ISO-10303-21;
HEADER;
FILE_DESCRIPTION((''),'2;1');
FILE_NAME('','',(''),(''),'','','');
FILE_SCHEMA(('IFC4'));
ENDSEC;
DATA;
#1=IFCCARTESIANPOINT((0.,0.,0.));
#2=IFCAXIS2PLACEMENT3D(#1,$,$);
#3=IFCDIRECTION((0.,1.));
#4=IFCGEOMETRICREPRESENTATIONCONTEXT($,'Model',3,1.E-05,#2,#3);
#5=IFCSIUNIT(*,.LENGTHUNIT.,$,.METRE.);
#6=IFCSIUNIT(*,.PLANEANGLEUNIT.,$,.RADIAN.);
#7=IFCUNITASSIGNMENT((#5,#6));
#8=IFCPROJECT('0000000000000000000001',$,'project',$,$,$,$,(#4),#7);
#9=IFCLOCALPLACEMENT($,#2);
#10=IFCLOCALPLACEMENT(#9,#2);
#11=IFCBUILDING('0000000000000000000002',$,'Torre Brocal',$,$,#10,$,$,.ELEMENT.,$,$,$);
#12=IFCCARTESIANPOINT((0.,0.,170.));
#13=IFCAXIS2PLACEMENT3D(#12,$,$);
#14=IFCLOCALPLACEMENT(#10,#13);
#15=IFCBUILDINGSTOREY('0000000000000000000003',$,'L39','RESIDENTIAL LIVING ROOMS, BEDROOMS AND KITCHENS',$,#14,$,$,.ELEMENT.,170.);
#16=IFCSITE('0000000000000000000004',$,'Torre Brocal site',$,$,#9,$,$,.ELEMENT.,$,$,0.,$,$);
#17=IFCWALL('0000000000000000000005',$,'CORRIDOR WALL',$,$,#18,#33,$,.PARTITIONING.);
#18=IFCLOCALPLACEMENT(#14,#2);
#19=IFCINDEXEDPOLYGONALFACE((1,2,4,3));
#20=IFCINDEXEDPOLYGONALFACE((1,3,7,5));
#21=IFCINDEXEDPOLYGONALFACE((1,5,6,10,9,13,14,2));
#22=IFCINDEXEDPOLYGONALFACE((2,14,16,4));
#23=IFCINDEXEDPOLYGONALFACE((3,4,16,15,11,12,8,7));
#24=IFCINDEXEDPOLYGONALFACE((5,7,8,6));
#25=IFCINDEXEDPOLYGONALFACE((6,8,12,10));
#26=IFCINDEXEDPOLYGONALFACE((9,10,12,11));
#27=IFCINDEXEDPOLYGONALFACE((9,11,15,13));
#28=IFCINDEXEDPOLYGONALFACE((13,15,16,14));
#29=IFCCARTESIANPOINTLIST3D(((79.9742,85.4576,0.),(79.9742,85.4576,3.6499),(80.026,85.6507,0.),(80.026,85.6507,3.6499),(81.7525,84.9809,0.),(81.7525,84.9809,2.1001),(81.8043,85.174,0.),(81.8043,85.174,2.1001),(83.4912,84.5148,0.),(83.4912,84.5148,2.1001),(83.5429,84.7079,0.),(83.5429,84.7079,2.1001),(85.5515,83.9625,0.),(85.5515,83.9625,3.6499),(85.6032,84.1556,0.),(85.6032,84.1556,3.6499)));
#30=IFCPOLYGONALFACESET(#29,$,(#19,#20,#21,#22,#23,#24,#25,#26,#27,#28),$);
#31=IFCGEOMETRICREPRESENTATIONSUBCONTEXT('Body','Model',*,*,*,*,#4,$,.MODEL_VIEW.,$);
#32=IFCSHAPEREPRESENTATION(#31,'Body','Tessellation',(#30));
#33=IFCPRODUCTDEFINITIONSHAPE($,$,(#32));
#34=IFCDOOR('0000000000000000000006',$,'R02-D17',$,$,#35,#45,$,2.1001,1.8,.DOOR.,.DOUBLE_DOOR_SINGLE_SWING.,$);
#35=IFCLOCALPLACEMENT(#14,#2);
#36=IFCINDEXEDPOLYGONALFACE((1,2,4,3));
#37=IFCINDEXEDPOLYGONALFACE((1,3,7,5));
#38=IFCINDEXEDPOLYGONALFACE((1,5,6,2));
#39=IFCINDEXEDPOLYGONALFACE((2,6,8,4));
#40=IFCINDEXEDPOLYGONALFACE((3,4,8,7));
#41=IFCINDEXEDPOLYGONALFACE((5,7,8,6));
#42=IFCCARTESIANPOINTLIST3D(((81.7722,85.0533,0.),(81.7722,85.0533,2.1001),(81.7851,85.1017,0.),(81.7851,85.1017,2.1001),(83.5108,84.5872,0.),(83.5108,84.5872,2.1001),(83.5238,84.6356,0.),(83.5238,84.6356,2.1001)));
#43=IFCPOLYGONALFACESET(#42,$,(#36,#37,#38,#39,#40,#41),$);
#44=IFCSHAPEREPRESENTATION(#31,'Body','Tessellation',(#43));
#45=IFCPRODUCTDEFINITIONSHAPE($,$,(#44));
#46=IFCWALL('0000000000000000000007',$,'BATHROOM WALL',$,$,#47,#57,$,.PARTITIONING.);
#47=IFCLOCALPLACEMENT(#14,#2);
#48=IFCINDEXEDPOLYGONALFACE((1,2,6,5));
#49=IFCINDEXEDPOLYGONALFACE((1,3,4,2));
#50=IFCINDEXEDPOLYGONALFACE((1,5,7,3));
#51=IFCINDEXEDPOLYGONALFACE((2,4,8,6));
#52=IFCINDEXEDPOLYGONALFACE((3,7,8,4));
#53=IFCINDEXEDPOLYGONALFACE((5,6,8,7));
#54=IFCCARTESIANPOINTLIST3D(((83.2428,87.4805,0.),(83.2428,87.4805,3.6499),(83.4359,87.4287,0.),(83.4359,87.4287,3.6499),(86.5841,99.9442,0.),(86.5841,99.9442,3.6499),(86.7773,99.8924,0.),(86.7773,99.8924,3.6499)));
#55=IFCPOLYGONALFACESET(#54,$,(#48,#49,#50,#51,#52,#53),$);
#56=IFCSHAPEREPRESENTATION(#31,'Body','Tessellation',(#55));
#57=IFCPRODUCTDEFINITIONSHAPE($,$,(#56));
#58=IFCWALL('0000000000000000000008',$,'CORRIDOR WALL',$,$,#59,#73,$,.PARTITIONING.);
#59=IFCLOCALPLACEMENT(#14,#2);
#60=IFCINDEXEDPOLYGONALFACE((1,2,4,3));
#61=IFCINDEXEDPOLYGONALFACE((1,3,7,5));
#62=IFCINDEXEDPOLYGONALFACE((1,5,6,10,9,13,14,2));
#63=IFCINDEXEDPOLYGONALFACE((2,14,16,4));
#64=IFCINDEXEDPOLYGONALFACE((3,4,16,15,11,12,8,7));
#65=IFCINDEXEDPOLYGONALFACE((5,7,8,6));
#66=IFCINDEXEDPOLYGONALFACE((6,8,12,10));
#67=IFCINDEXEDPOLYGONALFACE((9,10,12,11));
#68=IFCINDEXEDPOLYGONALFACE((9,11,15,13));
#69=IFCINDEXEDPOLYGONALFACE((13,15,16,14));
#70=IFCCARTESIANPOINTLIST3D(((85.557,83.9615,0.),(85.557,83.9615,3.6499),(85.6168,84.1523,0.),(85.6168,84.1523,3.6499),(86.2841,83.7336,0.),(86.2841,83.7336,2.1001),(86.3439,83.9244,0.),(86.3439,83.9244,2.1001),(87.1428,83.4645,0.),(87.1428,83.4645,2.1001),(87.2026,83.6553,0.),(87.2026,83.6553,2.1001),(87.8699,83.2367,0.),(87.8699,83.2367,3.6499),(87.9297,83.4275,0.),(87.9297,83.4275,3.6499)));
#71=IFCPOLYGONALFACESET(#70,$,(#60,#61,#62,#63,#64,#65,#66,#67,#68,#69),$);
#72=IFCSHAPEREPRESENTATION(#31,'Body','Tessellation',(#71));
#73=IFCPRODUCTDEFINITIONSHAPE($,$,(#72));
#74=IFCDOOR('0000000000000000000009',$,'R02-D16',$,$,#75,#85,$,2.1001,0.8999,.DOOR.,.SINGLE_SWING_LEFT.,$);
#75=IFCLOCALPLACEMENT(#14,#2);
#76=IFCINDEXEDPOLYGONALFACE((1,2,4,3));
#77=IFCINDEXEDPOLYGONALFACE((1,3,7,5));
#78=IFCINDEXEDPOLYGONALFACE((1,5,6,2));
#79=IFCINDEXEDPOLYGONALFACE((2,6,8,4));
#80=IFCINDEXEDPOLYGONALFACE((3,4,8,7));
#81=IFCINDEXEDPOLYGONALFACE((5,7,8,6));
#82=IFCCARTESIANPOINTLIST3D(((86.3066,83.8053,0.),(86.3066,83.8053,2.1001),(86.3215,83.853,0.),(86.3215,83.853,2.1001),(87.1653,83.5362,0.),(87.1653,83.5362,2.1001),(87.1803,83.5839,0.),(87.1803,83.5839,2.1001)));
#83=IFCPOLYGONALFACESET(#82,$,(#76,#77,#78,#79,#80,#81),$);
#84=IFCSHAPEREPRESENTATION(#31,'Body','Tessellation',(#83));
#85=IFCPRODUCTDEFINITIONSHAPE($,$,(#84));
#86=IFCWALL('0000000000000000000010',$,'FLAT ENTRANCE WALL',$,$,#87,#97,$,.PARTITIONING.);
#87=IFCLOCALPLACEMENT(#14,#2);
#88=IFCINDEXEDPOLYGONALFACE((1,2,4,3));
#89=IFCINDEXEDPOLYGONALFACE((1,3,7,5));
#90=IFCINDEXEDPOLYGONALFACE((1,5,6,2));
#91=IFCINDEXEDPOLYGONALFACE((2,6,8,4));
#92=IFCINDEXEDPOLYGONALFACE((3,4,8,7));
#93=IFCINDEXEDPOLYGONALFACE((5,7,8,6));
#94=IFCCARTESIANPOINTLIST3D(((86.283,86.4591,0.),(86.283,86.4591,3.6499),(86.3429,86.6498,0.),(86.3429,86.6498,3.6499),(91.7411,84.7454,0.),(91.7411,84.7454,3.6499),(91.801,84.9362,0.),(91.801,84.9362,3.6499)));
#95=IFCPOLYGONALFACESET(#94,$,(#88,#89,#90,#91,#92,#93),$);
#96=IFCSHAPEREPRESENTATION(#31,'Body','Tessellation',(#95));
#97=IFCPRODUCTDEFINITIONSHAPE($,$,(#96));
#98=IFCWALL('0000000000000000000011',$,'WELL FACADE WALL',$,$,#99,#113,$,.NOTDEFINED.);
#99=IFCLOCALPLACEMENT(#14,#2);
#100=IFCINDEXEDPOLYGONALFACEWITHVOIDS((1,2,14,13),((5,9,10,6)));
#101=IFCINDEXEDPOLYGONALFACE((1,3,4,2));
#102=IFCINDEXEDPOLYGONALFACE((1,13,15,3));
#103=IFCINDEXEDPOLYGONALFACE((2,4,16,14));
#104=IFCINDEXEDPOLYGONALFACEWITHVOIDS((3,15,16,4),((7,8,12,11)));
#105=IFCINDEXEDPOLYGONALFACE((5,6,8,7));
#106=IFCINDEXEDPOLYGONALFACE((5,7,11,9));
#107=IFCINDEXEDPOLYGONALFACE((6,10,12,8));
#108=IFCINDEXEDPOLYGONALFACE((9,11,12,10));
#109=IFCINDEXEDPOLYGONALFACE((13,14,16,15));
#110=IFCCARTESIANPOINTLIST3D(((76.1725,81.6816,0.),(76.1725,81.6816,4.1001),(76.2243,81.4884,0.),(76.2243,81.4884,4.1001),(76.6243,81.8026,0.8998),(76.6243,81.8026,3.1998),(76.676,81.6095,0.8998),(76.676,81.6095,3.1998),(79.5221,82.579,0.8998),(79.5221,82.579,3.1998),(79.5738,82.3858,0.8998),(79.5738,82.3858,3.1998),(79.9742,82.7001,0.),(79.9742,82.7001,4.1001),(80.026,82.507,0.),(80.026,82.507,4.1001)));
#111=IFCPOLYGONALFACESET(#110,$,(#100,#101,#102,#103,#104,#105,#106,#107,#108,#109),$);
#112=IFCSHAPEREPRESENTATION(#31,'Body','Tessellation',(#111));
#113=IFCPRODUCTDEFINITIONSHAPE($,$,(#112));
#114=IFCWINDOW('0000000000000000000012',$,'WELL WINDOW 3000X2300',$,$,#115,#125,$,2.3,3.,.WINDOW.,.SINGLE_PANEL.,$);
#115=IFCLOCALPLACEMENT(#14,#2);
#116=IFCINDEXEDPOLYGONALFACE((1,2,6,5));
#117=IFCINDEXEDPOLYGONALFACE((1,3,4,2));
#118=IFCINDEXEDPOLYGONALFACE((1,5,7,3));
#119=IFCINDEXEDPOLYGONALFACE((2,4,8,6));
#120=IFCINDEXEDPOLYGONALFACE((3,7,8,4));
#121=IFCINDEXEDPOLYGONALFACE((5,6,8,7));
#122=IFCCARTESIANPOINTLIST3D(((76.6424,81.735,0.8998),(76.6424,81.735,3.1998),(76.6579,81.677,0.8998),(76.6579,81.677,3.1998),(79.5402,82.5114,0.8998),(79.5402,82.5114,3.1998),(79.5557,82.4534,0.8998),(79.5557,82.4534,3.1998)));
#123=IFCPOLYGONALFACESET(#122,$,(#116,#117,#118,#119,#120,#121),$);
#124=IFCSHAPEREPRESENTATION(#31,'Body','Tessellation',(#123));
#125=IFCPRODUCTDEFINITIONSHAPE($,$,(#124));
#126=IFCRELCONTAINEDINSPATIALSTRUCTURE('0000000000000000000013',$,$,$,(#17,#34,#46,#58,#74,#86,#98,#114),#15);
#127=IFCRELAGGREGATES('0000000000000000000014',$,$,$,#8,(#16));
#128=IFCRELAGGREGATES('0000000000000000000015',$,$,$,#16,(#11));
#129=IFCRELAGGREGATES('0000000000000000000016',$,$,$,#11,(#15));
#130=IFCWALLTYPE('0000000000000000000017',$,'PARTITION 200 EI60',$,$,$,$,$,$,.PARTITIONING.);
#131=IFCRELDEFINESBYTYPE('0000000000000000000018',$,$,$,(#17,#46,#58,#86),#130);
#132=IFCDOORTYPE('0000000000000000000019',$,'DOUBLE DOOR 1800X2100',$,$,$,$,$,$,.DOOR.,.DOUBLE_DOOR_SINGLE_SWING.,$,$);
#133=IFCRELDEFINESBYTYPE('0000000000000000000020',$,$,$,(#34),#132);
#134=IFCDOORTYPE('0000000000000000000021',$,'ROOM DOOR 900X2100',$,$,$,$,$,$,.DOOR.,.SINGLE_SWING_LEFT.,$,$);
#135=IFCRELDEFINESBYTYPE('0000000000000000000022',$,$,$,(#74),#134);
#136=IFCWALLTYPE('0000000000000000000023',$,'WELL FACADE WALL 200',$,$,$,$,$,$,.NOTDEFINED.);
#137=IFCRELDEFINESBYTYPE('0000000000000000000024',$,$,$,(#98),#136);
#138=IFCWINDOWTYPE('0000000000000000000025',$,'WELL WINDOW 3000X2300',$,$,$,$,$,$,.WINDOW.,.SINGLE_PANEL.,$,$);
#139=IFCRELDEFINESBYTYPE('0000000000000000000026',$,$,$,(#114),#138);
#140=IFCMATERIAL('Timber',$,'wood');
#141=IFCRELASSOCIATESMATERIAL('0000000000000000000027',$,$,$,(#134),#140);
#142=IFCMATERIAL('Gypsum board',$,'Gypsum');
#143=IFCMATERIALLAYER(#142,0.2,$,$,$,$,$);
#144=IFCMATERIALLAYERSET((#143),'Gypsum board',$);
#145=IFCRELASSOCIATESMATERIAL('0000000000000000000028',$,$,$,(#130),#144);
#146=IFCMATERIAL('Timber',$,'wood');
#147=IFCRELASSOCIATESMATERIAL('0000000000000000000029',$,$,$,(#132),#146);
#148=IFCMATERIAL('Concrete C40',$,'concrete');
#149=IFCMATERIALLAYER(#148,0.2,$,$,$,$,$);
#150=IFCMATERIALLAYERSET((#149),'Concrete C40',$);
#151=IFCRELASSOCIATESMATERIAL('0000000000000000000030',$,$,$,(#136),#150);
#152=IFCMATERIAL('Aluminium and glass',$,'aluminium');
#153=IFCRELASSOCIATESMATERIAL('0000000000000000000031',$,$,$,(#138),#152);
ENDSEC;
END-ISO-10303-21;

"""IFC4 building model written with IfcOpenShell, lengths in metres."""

from ifc_helpers import new_model, si_unit, direction, frame, frame_2d, origin, place, context, subcontext, project, spatial, rectangle, extrude, material, layer, layer_set, type_object, element, fill, save


model = new_model("IFC4")

# Units and contexts
model_context = context("Model", 3, precision=1e-05, world=origin(), true_north=direction((0.0, 1.0)))
body_context = subcontext(model_context, "Body", "Model", "MODEL_VIEW")
ifc_project = project(units=[si_unit("LENGTHUNIT", "METRE"), si_unit("PLANEANGLEUNIT", "RADIAN")], contexts=[model_context])

# Site, building, storey
site_placement = place(None, origin())
site = spatial("IfcSite", under=ifc_project, at=site_placement, Name="Torre Brocal site", CompositionType="ELEMENT", RefElevation=0.0)
building_placement = place(site_placement, origin())
building = spatial("IfcBuilding", under=site, at=building_placement, Name="Torre Brocal", CompositionType="ELEMENT")
storey_placement = place(building_placement, frame((0.0, 0.0, 170.0)))
storey = spatial("IfcBuildingStorey", under=building, at=storey_placement, Name="L39", Description="RESIDENTIAL LIVING ROOMS, BEDROOMS AND KITCHENS", CompositionType="ELEMENT", Elevation=170.0)

# Shared definitions
ifc_material_1 = material(Name="Timber", Category="wood")
door_type_1 = type_object("IfcDoorType", Name="ROOM DOOR 900X2100", OperationType="SINGLE_SWING_LEFT", PredefinedType="DOOR", material=ifc_material_1)

# Wall, opening, door
ifc_material_2 = material(Name="Gypsum board", Category="Gypsum")
ifc_layer_1 = layer(ifc_material_2, 0.2)
ifc_layer_set_1 = layer_set([ifc_layer_1], Name="Gypsum board")
wall_type_1 = type_object("IfcWallType", Name="PARTITION 200 EI60", PredefinedType="PARTITIONING", material=ifc_layer_set_1)
wall_1_placement = place(storey_placement, frame((80.0, 85.5542, 0.0), z_axis=(0.0, 0.0, 1.0), x_axis=(0.965894, -0.258936, 0.0)))
wall_1 = element("IfcWall", 1, at=wall_1_placement, inside=storey, type_object=wall_type_1, Name="CORRIDOR WALL", PredefinedType="PARTITIONING", context=body_context, shape_type="SweptSolid", body=[
    extrude(rectangle(XDim=5.7742, YDim=0.2, at=frame_2d((2.8872, 0.0))), origin(), (0.0, 0.0, 1.0), 3.6499),
])
opening_1_placement = place(wall_1_placement, frame((1.8413, 0.0, 0.0)))
opening_1 = element("IfcOpeningElement", 2, at=opening_1_placement, cuts=wall_1, PredefinedType="OPENING", context=body_context, shape_type="SweptSolid", body=[
    extrude(rectangle(XDim=1.8, YDim=2.1001, at=frame_2d((0.8999, 1.05))), frame((0.0, 0.1099, 0.0), z_axis=(0.0, -1.0, 0.0), x_axis=(1.0, 0.0, 0.0)), (0.0, 0.0, 1.0), 0.22),
])
ifc_material_3 = material(Name="Timber", Category="wood")
door_type_2 = type_object("IfcDoorType", Name="DOUBLE DOOR 1800X2100", OperationType="DOUBLE_DOOR_SINGLE_SWING", PredefinedType="DOOR", material=ifc_material_3)
door_1_placement = place(opening_1_placement, frame((1.8, 0.0, 0.0), z_axis=(0.0, 0.0, 1.0), x_axis=(-1.0, 0.0, 0.0)))
door_1 = element("IfcDoor", 3, at=door_1_placement, inside=storey, type_object=door_type_2, Name="R02-D17", OperationType="DOUBLE_DOOR_SINGLE_SWING", OverallHeight=2.1001, OverallWidth=1.8, PredefinedType="DOOR", context=body_context, shape_type="SweptSolid", body=[
    extrude(rectangle(XDim=1.8, YDim=2.1001, at=frame_2d((0.8999, 1.05))), frame((0.0, 0.0249, 0.0), z_axis=(0.0, -1.0, 0.0), x_axis=(1.0, 0.0, 0.0)), (0.0, 0.0, 1.0), 0.05),
])
fill(opening_1, door_1)

# Wall
wall_2_placement = place(storey_placement, frame((83.3394, 87.4546, 0.0), z_axis=(0.0, 0.0, 1.0), x_axis=(0.258941, 0.965893, 0.0)))
element("IfcWall", 4, at=wall_2_placement, inside=storey, type_object=wall_type_1, Name="BATHROOM WALL", PredefinedType="PARTITIONING", context=body_context, shape_type="SweptSolid", body=[
    extrude(rectangle(XDim=12.9038, YDim=0.2, at=frame_2d((6.4519, 0.0))), origin(), (0.0, 0.0, 1.0), 3.6499),
])

# Wall, opening, door
wall_3_placement = place(storey_placement, frame((85.5869, 84.0569, 0.0), z_axis=(0.0, 0.0, 1.0), x_axis=(0.95424, -0.299043, 0.0)))
wall_3 = element("IfcWall", 5, at=wall_3_placement, inside=storey, type_object=wall_type_1, Name="CORRIDOR WALL", PredefinedType="PARTITIONING", context=body_context, shape_type="SweptSolid", body=[
    extrude(rectangle(XDim=2.4238, YDim=0.2, at=frame_2d((1.2119, 0.0))), origin(), (0.0, 0.0, 1.0), 3.6499),
])
opening_2_placement = place(wall_3_placement, frame((0.762, 0.0, 0.0)))
opening_2 = element("IfcOpeningElement", 6, at=opening_2_placement, cuts=wall_3, PredefinedType="OPENING", context=body_context, shape_type="SweptSolid", body=[
    extrude(rectangle(XDim=0.8999, YDim=2.1001, at=frame_2d((0.45, 1.05))), frame((0.0, 0.1099, 0.0), z_axis=(0.0, -1.0, 0.0), x_axis=(1.0, 0.0, 0.0)), (0.0, 0.0, 1.0), 0.22),
])
door_2_placement = place(opening_2_placement, frame((0.8999, 0.0, 0.0), z_axis=(0.0, 0.0, 1.0), x_axis=(-1.0, 0.0, 0.0)))
door_2 = element("IfcDoor", 7, at=door_2_placement, inside=storey, type_object=door_type_1, Name="R02-D16", OperationType="SINGLE_SWING_LEFT", OverallHeight=2.1001, OverallWidth=0.8999, PredefinedType="DOOR", context=body_context, shape_type="SweptSolid", body=[
    extrude(rectangle(XDim=0.8999, YDim=2.1001, at=frame_2d((0.45, 1.05))), frame((0.0, 0.0249, 0.0), z_axis=(0.0, -1.0, 0.0), x_axis=(1.0, 0.0, 0.0)), (0.0, 0.0, 1.0), 0.05),
])
fill(opening_2, door_2)

# Wall
wall_4_placement = place(storey_placement, frame((86.313, 86.5544, 0.0), z_axis=(0.0, 0.0, 1.0), x_axis=(0.954081, -0.299548, 0.0)))
element("IfcWall", 8, at=wall_4_placement, inside=storey, type_object=wall_type_1, Name="FLAT ENTRANCE WALL", PredefinedType="PARTITIONING", context=body_context, shape_type="SweptSolid", body=[
    extrude(rectangle(XDim=5.7207, YDim=0.2, at=frame_2d((2.8604, 0.0))), origin(), (0.0, 0.0, 1.0), 3.6499),
])

# Wall, opening, window
ifc_material_4 = material(Name="Concrete C40", Category="concrete")
ifc_layer_2 = layer(ifc_material_4, 0.2)
ifc_layer_set_2 = layer_set([ifc_layer_2], Name="Concrete C40")
wall_type_2 = type_object("IfcWallType", Name="WELL FACADE WALL 200", PredefinedType="NOTDEFINED", material=ifc_layer_set_2)
wall_5_placement = place(storey_placement, frame((80.0, 82.6035, 0.0), z_axis=(0.0, 0.0, 1.0), x_axis=(-0.965934, -0.25879, 0.0)))
wall_5 = element("IfcWall", 9, at=wall_5_placement, inside=storey, type_object=wall_type_2, Name="WELL FACADE WALL", PredefinedType="NOTDEFINED", context=body_context, shape_type="SweptSolid", body=[
    extrude(rectangle(XDim=3.9358, YDim=0.2, at=frame_2d((1.9678, 0.0))), origin(), (0.0, 0.0, 1.0), 4.1001),
])
opening_3_placement = place(wall_5_placement, frame((0.468, 0.0, 0.8999)))
opening_3 = element("IfcOpeningElement", 10, at=opening_3_placement, cuts=wall_5, PredefinedType="OPENING", context=body_context, shape_type="SweptSolid", body=[
    extrude(rectangle(XDim=3.0, YDim=2.3, at=frame_2d((1.5, 1.1499))), frame((0.0, 0.1099, 0.0), z_axis=(0.0, -1.0, 0.0), x_axis=(1.0, 0.0, 0.0)), (0.0, 0.0, 1.0), 0.22),
])
ifc_material_5 = material(Name="Aluminium and glass", Category="aluminium")
window_type = type_object("IfcWindowType", Name="WELL WINDOW 3000X2300", PartitioningType="SINGLE_PANEL", PredefinedType="WINDOW", material=ifc_material_5)
window_placement = place(opening_3_placement, origin())
window = element("IfcWindow", 11, at=window_placement, inside=storey, type_object=window_type, Name="WELL WINDOW 3000X2300", OverallHeight=2.3, OverallWidth=3.0, PartitioningType="SINGLE_PANEL", PredefinedType="WINDOW", context=body_context, shape_type="SweptSolid", body=[
    extrude(rectangle(XDim=3.0, YDim=2.3, at=frame_2d((1.5, 1.1499))), frame((0.0, 0.03, 0.0), z_axis=(0.0, -1.0, 0.0), x_axis=(1.0, 0.0, 0.0)), (0.0, 0.0, 1.0), 0.0601),
])
fill(opening_3, window)

save(model, "model.ifc")
